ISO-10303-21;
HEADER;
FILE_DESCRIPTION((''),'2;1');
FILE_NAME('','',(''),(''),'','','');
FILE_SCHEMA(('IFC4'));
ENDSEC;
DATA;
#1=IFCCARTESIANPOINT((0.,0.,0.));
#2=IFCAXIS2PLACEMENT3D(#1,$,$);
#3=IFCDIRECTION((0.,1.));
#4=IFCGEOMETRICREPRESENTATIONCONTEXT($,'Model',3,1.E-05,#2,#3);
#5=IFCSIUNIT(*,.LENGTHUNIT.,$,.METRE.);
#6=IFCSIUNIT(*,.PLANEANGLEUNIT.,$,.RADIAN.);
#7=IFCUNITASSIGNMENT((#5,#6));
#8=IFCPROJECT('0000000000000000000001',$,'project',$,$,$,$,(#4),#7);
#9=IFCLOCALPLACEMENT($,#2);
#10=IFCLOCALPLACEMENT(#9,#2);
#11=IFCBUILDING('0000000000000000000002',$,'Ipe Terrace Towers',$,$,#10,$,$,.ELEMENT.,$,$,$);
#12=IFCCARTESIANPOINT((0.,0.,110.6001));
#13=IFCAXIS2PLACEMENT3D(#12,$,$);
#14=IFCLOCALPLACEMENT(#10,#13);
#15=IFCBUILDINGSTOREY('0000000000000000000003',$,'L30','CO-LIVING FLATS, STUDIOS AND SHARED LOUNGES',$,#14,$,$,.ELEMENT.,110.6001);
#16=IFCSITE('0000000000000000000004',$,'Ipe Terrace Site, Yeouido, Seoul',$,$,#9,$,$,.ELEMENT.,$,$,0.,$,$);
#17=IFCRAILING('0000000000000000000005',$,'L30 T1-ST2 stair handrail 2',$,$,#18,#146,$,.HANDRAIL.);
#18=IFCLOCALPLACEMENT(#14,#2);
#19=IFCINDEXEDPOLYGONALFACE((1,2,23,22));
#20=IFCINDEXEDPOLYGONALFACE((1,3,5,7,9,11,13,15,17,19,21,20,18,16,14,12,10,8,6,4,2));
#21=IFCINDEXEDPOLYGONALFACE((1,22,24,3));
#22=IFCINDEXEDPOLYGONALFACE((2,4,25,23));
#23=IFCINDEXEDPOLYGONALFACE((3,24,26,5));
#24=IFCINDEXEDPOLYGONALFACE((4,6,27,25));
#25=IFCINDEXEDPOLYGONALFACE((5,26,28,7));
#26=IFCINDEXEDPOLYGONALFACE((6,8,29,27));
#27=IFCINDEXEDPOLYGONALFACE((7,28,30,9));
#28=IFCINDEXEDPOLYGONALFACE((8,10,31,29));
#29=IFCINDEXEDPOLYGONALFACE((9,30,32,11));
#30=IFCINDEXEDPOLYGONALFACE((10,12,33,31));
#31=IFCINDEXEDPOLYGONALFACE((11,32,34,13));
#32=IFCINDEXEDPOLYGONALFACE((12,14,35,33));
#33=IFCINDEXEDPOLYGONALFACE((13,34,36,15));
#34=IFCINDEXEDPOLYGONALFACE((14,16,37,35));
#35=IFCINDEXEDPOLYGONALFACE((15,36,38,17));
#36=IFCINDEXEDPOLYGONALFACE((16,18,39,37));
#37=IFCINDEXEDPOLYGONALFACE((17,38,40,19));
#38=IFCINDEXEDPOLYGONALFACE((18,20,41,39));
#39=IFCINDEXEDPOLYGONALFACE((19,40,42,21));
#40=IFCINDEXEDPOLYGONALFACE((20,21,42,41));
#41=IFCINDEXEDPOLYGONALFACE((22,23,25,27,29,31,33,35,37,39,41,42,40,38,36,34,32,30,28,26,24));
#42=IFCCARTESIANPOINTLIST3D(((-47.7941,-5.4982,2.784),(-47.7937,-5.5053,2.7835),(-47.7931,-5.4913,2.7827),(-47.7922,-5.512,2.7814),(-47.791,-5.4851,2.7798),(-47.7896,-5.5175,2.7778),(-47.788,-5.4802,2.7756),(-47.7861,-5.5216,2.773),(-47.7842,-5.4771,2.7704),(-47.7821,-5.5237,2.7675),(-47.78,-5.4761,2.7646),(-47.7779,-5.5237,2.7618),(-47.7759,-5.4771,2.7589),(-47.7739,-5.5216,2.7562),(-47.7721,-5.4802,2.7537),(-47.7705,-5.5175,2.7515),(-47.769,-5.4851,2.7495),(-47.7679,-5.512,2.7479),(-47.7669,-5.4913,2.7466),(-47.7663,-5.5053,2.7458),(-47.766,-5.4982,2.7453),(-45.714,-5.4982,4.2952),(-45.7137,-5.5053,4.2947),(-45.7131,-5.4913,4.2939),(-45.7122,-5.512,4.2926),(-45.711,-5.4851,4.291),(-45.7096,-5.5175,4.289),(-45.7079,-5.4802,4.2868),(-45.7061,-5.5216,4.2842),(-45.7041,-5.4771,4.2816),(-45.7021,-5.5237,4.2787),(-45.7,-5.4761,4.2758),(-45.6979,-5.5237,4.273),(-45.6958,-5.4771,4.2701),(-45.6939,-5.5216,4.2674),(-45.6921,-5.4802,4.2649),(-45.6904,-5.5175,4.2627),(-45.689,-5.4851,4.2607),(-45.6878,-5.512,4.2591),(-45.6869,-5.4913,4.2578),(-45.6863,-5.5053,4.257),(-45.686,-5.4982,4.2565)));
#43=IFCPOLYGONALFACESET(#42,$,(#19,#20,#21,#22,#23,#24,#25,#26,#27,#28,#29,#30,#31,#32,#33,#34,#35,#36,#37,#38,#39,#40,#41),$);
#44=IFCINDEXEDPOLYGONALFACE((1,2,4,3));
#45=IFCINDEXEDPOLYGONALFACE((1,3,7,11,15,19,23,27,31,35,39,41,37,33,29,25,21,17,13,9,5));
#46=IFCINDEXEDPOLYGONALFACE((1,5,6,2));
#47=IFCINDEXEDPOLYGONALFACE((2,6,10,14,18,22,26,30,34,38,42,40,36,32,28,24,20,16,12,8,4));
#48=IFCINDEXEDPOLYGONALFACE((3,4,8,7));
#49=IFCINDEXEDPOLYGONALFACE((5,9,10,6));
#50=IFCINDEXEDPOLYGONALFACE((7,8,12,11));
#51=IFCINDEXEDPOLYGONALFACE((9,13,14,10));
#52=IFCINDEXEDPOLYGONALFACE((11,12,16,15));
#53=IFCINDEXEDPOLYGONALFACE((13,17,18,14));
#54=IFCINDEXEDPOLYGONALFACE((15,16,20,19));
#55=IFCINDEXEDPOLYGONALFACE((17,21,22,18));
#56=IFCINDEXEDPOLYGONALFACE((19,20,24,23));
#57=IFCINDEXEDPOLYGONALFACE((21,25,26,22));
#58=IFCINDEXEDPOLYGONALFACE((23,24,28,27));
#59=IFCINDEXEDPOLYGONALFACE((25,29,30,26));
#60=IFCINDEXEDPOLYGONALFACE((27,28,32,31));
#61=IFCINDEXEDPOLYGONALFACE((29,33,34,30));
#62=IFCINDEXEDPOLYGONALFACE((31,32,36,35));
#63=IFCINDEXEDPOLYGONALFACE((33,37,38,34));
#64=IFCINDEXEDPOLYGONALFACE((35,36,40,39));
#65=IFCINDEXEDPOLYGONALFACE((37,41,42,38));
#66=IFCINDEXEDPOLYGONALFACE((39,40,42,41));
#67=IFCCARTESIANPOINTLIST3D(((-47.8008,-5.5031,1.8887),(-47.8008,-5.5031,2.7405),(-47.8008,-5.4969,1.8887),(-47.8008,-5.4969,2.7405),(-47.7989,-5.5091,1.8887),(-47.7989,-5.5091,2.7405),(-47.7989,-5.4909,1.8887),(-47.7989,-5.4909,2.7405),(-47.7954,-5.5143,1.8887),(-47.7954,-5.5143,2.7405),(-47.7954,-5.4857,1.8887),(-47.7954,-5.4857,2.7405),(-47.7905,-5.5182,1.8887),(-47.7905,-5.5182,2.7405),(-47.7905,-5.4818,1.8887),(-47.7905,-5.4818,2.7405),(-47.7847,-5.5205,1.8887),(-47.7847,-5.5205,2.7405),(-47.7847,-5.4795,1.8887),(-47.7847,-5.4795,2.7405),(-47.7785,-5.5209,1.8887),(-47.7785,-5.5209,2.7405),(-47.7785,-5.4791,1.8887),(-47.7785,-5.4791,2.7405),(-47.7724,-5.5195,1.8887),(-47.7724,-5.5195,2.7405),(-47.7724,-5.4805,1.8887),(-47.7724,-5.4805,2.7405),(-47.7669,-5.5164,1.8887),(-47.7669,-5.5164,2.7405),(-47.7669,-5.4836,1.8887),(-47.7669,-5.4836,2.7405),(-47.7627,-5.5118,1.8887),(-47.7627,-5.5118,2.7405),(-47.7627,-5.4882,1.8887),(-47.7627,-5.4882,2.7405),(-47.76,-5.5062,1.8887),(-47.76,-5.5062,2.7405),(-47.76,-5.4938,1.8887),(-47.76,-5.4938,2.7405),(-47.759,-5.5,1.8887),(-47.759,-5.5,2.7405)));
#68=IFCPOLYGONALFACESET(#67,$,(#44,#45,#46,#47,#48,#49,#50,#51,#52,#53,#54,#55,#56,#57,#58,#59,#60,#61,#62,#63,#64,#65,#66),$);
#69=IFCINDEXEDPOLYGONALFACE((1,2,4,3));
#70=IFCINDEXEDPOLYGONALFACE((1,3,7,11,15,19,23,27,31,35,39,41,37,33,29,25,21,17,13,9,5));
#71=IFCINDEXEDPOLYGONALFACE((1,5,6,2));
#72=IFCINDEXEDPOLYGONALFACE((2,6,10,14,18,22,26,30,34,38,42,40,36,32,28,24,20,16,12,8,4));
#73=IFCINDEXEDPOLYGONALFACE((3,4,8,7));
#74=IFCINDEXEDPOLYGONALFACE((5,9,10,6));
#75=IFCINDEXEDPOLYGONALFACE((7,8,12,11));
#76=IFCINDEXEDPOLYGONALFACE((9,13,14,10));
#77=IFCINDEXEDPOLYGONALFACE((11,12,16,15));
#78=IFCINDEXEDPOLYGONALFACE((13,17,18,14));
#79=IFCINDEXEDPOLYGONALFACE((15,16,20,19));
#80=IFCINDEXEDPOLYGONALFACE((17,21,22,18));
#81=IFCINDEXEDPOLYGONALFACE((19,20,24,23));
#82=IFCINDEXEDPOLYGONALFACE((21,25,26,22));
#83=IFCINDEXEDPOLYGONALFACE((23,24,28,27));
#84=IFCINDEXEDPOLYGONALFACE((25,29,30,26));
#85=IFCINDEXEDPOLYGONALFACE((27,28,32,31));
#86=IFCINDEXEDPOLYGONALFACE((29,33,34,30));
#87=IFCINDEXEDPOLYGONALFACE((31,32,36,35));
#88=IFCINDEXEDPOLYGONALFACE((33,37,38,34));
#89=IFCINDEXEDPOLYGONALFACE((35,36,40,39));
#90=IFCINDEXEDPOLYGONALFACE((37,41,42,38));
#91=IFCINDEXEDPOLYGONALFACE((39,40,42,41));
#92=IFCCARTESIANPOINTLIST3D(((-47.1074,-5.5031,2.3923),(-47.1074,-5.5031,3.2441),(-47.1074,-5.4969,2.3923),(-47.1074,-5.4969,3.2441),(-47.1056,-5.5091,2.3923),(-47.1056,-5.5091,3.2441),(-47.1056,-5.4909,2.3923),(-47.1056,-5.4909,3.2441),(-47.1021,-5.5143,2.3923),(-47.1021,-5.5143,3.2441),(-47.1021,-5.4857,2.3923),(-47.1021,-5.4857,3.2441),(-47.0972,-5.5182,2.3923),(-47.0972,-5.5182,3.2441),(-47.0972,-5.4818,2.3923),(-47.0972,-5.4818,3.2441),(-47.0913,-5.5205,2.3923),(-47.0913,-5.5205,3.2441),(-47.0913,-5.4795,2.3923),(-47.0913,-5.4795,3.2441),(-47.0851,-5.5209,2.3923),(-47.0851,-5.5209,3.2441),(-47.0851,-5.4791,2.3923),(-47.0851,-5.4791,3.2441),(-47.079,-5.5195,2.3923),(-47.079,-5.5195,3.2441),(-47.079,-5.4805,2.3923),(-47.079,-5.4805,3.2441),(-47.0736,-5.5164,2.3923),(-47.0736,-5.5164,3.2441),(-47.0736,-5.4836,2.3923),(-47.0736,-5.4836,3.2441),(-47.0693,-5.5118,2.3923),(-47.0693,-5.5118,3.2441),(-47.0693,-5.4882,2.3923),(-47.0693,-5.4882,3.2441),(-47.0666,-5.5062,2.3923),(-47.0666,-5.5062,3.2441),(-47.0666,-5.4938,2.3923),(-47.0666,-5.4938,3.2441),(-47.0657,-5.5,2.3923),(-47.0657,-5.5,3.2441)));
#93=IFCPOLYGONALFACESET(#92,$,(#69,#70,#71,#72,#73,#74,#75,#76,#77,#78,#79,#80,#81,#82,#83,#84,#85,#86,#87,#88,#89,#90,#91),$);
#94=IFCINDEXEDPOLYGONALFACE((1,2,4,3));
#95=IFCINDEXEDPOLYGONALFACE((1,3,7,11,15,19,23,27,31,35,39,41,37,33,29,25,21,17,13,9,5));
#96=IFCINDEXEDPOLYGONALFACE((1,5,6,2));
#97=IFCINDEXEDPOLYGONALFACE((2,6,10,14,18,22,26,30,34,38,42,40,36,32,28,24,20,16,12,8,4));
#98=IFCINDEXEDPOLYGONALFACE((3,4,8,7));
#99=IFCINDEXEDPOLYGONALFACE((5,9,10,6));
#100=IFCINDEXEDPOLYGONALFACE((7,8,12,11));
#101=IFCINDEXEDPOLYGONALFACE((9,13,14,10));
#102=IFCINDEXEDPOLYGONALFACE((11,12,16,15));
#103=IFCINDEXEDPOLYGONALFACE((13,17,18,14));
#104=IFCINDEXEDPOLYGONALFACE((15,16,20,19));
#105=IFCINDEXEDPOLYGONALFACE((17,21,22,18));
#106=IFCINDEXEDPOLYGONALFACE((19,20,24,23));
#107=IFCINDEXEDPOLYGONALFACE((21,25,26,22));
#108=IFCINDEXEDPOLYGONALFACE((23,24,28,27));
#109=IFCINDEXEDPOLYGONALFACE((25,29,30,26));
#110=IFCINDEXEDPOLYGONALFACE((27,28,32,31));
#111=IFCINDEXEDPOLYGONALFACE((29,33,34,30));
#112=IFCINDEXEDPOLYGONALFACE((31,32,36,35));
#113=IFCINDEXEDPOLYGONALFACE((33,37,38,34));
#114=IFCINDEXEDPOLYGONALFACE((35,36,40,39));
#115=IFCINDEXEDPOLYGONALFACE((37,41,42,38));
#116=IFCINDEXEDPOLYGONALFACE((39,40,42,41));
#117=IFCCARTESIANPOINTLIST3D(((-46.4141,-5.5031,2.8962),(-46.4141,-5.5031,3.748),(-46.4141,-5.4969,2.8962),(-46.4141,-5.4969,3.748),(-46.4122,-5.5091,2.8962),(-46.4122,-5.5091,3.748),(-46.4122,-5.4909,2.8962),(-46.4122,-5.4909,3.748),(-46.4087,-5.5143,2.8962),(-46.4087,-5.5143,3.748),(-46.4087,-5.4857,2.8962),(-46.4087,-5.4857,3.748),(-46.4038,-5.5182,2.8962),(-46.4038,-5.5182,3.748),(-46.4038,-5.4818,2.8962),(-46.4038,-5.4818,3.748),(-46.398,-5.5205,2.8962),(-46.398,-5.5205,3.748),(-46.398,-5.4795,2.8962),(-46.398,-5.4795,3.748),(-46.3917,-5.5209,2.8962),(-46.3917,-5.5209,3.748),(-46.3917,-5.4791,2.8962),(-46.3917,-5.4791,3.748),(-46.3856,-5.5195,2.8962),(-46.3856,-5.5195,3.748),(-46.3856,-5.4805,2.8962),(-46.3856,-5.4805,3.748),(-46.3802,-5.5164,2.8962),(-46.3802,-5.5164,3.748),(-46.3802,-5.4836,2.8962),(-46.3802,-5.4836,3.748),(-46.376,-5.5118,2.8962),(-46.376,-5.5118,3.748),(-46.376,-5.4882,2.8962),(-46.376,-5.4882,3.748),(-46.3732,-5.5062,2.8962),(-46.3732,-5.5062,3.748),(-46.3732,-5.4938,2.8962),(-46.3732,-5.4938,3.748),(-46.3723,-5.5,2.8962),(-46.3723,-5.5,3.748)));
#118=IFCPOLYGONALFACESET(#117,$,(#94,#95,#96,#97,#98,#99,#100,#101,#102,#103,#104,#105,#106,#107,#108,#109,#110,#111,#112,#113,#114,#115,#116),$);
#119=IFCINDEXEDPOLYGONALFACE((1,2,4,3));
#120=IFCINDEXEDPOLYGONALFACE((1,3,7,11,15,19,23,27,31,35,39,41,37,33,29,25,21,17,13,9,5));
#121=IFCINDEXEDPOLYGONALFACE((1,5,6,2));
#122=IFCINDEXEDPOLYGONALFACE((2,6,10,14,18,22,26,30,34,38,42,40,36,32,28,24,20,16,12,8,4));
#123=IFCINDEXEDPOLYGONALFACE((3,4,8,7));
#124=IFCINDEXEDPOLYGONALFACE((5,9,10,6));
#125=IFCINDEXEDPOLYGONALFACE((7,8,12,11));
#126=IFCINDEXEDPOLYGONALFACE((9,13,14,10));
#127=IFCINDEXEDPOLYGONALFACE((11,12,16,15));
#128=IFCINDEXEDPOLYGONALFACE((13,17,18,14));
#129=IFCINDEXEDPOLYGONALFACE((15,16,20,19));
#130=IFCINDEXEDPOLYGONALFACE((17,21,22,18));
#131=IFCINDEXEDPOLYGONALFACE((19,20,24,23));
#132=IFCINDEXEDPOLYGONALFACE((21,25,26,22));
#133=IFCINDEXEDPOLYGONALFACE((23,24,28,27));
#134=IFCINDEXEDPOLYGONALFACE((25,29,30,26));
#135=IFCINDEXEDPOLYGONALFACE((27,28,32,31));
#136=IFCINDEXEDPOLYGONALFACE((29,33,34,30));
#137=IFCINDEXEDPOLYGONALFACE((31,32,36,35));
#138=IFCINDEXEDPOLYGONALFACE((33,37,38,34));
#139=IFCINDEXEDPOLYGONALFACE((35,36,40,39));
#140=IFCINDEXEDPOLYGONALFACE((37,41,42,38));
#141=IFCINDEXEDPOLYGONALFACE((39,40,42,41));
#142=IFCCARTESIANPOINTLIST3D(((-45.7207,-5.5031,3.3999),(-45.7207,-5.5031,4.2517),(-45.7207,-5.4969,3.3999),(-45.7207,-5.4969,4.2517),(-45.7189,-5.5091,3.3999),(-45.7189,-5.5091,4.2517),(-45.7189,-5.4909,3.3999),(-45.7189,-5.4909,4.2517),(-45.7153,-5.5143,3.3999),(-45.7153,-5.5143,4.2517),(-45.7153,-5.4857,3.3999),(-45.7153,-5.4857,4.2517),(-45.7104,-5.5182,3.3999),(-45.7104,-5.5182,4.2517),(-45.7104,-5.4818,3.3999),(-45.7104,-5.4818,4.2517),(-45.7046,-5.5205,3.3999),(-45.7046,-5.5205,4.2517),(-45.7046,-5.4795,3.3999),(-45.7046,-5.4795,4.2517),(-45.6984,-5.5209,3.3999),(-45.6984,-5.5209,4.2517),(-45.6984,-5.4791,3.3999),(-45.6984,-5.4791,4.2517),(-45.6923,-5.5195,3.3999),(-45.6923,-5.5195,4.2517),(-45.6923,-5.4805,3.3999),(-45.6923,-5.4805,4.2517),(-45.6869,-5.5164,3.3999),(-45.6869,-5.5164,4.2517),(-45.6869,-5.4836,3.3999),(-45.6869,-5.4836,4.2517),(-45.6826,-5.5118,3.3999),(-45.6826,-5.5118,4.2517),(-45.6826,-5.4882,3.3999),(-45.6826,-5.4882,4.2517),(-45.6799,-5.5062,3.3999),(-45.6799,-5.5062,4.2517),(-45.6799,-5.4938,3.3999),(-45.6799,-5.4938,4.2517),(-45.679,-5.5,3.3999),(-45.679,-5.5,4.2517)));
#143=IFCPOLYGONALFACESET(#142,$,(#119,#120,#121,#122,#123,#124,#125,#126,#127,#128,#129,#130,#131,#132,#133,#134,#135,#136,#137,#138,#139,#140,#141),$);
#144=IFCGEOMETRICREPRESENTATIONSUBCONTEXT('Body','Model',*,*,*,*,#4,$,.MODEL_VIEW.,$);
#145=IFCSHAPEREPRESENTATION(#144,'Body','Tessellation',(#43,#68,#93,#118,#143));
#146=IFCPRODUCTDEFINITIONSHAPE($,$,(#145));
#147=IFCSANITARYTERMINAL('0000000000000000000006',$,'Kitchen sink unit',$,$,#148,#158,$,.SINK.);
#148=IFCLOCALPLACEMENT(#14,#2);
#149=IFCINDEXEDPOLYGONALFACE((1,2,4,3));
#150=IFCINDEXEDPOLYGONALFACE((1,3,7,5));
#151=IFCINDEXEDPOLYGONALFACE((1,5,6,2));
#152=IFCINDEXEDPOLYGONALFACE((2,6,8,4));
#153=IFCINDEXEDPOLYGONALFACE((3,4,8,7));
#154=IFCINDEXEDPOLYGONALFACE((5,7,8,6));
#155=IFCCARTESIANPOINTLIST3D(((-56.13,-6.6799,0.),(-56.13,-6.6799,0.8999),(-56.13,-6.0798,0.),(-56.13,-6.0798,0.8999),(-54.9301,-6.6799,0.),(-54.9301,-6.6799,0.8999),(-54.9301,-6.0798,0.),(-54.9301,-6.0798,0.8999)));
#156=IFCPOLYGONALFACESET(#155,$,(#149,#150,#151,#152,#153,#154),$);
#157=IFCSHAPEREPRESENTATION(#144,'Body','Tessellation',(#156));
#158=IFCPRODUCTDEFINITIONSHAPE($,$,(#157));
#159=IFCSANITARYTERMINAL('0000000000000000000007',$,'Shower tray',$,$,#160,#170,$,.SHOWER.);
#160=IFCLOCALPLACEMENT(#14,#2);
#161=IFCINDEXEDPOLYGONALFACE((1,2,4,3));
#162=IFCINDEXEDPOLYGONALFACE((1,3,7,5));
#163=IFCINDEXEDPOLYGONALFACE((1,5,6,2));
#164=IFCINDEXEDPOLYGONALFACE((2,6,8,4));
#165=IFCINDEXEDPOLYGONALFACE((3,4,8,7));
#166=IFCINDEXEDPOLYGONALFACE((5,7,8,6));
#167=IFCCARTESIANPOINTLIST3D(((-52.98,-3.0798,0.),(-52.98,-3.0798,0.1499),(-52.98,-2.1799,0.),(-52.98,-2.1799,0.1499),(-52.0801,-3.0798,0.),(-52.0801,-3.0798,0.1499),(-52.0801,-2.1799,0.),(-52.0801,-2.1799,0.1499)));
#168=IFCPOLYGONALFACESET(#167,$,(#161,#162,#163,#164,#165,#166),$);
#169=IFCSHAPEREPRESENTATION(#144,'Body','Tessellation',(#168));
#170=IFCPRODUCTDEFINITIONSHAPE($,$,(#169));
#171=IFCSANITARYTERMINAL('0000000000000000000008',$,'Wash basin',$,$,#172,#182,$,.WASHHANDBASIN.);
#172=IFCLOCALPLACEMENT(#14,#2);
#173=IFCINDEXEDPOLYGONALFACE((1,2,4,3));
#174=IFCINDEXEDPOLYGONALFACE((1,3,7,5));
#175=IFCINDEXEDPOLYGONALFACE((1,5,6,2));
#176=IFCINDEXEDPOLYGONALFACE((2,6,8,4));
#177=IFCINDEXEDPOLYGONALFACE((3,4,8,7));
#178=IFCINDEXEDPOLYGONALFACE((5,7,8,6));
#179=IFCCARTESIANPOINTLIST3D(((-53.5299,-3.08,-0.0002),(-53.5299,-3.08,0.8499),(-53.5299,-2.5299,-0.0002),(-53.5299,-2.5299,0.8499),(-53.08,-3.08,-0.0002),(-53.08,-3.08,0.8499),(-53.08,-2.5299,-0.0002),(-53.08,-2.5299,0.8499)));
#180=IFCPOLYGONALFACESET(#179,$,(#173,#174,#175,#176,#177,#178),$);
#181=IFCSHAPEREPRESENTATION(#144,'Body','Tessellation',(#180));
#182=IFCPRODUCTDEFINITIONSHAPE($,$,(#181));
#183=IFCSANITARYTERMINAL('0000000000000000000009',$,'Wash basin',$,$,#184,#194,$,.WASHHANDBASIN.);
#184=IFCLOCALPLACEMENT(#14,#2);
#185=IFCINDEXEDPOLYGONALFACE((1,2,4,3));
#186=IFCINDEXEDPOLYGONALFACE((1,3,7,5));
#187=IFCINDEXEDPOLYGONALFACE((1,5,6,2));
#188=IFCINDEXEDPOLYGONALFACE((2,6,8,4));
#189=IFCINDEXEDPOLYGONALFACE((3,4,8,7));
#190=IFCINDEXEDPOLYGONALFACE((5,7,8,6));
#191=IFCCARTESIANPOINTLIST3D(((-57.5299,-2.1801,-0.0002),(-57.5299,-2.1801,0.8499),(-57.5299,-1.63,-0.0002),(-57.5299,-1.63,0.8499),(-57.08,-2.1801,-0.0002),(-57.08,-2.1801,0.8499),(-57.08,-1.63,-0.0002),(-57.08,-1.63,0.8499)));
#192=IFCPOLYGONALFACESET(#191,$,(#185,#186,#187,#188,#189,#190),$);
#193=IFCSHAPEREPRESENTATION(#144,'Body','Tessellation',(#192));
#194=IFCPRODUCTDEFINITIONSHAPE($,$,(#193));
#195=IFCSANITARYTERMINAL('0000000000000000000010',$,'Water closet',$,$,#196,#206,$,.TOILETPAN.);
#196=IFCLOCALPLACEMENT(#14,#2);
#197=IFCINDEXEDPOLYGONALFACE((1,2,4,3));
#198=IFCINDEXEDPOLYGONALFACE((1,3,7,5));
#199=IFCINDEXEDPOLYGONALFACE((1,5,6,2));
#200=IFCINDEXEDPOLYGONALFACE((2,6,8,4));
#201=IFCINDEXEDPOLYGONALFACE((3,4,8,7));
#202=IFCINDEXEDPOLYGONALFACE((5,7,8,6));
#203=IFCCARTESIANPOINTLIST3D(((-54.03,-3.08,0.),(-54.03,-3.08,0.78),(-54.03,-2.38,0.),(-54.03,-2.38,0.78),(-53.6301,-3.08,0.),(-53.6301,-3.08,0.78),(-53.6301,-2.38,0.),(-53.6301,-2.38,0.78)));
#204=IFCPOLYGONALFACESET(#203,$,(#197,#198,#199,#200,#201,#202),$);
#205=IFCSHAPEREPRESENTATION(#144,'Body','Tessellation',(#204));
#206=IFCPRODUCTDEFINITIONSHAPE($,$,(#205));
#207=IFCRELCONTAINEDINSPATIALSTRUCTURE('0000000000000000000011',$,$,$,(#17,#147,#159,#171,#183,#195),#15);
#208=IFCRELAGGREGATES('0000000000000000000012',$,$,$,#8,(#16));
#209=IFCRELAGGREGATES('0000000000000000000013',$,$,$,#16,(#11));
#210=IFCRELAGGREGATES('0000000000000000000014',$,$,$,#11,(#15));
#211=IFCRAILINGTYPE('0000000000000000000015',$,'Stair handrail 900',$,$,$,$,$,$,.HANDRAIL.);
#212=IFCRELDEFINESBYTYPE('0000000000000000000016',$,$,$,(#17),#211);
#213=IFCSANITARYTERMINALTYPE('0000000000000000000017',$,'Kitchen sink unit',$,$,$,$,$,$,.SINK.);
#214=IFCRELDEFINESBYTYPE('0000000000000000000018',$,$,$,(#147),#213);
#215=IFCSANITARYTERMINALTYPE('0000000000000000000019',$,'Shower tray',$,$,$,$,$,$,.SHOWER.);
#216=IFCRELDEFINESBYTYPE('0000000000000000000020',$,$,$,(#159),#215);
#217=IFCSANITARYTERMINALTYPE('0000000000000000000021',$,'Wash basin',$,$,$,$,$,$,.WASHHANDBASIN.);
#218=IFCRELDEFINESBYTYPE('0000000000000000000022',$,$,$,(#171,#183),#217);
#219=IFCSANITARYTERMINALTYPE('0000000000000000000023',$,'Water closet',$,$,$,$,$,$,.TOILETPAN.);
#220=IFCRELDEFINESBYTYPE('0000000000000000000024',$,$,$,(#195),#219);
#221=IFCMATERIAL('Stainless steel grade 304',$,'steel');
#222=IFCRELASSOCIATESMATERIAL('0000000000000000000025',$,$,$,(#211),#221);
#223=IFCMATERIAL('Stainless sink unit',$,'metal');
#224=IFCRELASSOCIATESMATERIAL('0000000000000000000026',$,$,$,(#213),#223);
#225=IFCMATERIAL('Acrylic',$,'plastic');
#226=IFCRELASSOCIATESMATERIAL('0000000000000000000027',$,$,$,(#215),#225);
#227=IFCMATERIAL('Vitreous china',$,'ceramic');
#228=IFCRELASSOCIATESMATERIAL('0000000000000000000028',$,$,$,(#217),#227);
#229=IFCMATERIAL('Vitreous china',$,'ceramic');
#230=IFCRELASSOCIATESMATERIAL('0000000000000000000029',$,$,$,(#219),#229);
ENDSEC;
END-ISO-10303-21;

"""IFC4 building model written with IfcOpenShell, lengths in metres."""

from ifc_helpers import new_model, si_unit, direction, frame, origin, origin_2d, place, context, subcontext, project, spatial, rectangle, circle, extrude, material, type_object, element, save


model = new_model("IFC4")

# Units and contexts
model_context = context("Model", 3, precision=1e-05, world=origin(), true_north=direction((0.0, 1.0)))
body_context = subcontext(model_context, "Body", "Model", "MODEL_VIEW")
ifc_project = project(units=[si_unit("LENGTHUNIT", "METRE"), si_unit("PLANEANGLEUNIT", "RADIAN")], contexts=[model_context])

# Site, building, storey
site_placement = place(None, origin())
site = spatial("IfcSite", under=ifc_project, at=site_placement, Name="Ipe Terrace Site, Yeouido, Seoul", CompositionType="ELEMENT", RefElevation=0.0)
building_placement = place(site_placement, origin())
building = spatial("IfcBuilding", under=site, at=building_placement, Name="Ipe Terrace Towers", CompositionType="ELEMENT")
storey_placement = place(building_placement, frame((0.0, 0.0, 110.6001)))
storey = spatial("IfcBuildingStorey", under=building, at=storey_placement, Name="L30", Description="CO-LIVING FLATS, STUDIOS AND SHARED LOUNGES", CompositionType="ELEMENT", Elevation=110.6001)

# Railing
ifc_material_1 = material(Name="Stainless steel grade 304", Category="steel")
railing_type_1 = type_object("IfcRailingType", Name="Stair handrail 900", PredefinedType="HANDRAIL", material=ifc_material_1)
railing_1_placement = place(storey_placement, frame((-47.78, -5.5, 1.8887)))
element("IfcRailing", 1, at=railing_1_placement, inside=storey, type_object=railing_type_1, Name="L30 T1-ST2 stair handrail 2", PredefinedType="HANDRAIL", context=body_context, shape_type="SweptSolid", body=[
    extrude(circle(Radius=0.0239, at=origin_2d()), frame((0.0, 0.0, 0.876), z_axis=(0.809023, 0.0, 0.587776), x_axis=(0.0, 1.0, 0.0)), (0.0, 0.0, 1.0), 2.571),
    extrude(circle(Radius=0.021, at=origin_2d()), origin(), (0.0, 0.0, 1.0), 0.8518),
    extrude(circle(Radius=0.021, at=origin_2d()), frame((0.6934, 0.0, 0.5037)), (0.0, 0.0, 1.0), 0.8518),
    extrude(circle(Radius=0.021, at=origin_2d()), frame((1.3867, 0.0, 1.0076)), (0.0, 0.0, 1.0), 0.8518),
    extrude(circle(Radius=0.021, at=origin_2d()), frame((2.0801, 0.0, 1.5112)), (0.0, 0.0, 1.0), 0.8518),
])

# Sanitary terminals
ifc_material_2 = material(Name="Stainless sink unit", Category="metal")
sanitary_terminal_type_1 = type_object("IfcSanitaryTerminalType", Name="Kitchen sink unit", PredefinedType="SINK", material=ifc_material_2)
sanitary_terminal_1_placement = place(storey_placement, frame((-55.53, -6.3799, 0.0), z_axis=(0.0, 0.0, 1.0), x_axis=(-1.0, 0.0, 0.0)))
element("IfcSanitaryTerminal", 2, at=sanitary_terminal_1_placement, inside=storey, type_object=sanitary_terminal_type_1, Name="Kitchen sink unit", PredefinedType="SINK", context=body_context, shape_type="SweptSolid", body=[
    extrude(rectangle(XDim=1.2, YDim=0.6001, at=origin_2d()), origin(), (0.0, 0.0, 1.0), 0.8999),
])
ifc_material_3 = material(Name="Acrylic", Category="plastic")
sanitary_terminal_type_2 = type_object("IfcSanitaryTerminalType", Name="Shower tray", PredefinedType="SHOWER", material=ifc_material_3)
sanitary_terminal_2_placement = place(storey_placement, frame((-52.53, -2.6299, 0.0), z_axis=(0.0, 0.0, 1.0), x_axis=(0.0, 1.0, 0.0)))
element("IfcSanitaryTerminal", 3, at=sanitary_terminal_2_placement, inside=storey, type_object=sanitary_terminal_type_2, Name="Shower tray", PredefinedType="SHOWER", context=body_context, shape_type="SweptSolid", body=[
    extrude(rectangle(XDim=0.8999, YDim=0.8999, at=origin_2d()), origin(), (0.0, 0.0, 1.0), 0.1499),
])
ifc_material_4 = material(Name="Vitreous china", Category="ceramic")
sanitary_terminal_type_3 = type_object("IfcSanitaryTerminalType", Name="Wash basin", PredefinedType="WASHHANDBASIN", material=ifc_material_4)
for number, where, z_axis, x_axis, name in (
    (4, (-53.3049, -2.8049, -0.0002), (0.0, 0.0, 1.0), (0.0, 1.0, 0.0), "Wash basin"),
    (5, (-57.3049, -1.905, -0.0002), (0.0, 0.0, 1.0), (0.0, 1.0, 0.0), "Wash basin"),
):
    element("IfcSanitaryTerminal", number, at=place(storey_placement, frame(where, z_axis=z_axis, x_axis=x_axis)), inside=storey, type_object=sanitary_terminal_type_3, Name=name, PredefinedType="WASHHANDBASIN", context=body_context, shape_type="SweptSolid", body=[
        extrude(rectangle(XDim=0.55, YDim=0.45, at=origin_2d()), origin(), (0.0, 0.0, 1.0), 0.8501),
    ])
ifc_material_5 = material(Name="Vitreous china", Category="ceramic")
sanitary_terminal_type_4 = type_object("IfcSanitaryTerminalType", Name="Water closet", PredefinedType="TOILETPAN", material=ifc_material_5)
sanitary_terminal_3_placement = place(storey_placement, frame((-53.8301, -2.73, 0.0), z_axis=(0.0, 0.0, 1.0), x_axis=(0.0, 1.0, 0.0)))
element("IfcSanitaryTerminal", 6, at=sanitary_terminal_3_placement, inside=storey, type_object=sanitary_terminal_type_4, Name="Water closet", PredefinedType="TOILETPAN", context=body_context, shape_type="SweptSolid", body=[
    extrude(rectangle(XDim=0.7, YDim=0.3999, at=origin_2d()), origin(), (0.0, 0.0, 1.0), 0.78),
])

save(model, "model.ifc")
